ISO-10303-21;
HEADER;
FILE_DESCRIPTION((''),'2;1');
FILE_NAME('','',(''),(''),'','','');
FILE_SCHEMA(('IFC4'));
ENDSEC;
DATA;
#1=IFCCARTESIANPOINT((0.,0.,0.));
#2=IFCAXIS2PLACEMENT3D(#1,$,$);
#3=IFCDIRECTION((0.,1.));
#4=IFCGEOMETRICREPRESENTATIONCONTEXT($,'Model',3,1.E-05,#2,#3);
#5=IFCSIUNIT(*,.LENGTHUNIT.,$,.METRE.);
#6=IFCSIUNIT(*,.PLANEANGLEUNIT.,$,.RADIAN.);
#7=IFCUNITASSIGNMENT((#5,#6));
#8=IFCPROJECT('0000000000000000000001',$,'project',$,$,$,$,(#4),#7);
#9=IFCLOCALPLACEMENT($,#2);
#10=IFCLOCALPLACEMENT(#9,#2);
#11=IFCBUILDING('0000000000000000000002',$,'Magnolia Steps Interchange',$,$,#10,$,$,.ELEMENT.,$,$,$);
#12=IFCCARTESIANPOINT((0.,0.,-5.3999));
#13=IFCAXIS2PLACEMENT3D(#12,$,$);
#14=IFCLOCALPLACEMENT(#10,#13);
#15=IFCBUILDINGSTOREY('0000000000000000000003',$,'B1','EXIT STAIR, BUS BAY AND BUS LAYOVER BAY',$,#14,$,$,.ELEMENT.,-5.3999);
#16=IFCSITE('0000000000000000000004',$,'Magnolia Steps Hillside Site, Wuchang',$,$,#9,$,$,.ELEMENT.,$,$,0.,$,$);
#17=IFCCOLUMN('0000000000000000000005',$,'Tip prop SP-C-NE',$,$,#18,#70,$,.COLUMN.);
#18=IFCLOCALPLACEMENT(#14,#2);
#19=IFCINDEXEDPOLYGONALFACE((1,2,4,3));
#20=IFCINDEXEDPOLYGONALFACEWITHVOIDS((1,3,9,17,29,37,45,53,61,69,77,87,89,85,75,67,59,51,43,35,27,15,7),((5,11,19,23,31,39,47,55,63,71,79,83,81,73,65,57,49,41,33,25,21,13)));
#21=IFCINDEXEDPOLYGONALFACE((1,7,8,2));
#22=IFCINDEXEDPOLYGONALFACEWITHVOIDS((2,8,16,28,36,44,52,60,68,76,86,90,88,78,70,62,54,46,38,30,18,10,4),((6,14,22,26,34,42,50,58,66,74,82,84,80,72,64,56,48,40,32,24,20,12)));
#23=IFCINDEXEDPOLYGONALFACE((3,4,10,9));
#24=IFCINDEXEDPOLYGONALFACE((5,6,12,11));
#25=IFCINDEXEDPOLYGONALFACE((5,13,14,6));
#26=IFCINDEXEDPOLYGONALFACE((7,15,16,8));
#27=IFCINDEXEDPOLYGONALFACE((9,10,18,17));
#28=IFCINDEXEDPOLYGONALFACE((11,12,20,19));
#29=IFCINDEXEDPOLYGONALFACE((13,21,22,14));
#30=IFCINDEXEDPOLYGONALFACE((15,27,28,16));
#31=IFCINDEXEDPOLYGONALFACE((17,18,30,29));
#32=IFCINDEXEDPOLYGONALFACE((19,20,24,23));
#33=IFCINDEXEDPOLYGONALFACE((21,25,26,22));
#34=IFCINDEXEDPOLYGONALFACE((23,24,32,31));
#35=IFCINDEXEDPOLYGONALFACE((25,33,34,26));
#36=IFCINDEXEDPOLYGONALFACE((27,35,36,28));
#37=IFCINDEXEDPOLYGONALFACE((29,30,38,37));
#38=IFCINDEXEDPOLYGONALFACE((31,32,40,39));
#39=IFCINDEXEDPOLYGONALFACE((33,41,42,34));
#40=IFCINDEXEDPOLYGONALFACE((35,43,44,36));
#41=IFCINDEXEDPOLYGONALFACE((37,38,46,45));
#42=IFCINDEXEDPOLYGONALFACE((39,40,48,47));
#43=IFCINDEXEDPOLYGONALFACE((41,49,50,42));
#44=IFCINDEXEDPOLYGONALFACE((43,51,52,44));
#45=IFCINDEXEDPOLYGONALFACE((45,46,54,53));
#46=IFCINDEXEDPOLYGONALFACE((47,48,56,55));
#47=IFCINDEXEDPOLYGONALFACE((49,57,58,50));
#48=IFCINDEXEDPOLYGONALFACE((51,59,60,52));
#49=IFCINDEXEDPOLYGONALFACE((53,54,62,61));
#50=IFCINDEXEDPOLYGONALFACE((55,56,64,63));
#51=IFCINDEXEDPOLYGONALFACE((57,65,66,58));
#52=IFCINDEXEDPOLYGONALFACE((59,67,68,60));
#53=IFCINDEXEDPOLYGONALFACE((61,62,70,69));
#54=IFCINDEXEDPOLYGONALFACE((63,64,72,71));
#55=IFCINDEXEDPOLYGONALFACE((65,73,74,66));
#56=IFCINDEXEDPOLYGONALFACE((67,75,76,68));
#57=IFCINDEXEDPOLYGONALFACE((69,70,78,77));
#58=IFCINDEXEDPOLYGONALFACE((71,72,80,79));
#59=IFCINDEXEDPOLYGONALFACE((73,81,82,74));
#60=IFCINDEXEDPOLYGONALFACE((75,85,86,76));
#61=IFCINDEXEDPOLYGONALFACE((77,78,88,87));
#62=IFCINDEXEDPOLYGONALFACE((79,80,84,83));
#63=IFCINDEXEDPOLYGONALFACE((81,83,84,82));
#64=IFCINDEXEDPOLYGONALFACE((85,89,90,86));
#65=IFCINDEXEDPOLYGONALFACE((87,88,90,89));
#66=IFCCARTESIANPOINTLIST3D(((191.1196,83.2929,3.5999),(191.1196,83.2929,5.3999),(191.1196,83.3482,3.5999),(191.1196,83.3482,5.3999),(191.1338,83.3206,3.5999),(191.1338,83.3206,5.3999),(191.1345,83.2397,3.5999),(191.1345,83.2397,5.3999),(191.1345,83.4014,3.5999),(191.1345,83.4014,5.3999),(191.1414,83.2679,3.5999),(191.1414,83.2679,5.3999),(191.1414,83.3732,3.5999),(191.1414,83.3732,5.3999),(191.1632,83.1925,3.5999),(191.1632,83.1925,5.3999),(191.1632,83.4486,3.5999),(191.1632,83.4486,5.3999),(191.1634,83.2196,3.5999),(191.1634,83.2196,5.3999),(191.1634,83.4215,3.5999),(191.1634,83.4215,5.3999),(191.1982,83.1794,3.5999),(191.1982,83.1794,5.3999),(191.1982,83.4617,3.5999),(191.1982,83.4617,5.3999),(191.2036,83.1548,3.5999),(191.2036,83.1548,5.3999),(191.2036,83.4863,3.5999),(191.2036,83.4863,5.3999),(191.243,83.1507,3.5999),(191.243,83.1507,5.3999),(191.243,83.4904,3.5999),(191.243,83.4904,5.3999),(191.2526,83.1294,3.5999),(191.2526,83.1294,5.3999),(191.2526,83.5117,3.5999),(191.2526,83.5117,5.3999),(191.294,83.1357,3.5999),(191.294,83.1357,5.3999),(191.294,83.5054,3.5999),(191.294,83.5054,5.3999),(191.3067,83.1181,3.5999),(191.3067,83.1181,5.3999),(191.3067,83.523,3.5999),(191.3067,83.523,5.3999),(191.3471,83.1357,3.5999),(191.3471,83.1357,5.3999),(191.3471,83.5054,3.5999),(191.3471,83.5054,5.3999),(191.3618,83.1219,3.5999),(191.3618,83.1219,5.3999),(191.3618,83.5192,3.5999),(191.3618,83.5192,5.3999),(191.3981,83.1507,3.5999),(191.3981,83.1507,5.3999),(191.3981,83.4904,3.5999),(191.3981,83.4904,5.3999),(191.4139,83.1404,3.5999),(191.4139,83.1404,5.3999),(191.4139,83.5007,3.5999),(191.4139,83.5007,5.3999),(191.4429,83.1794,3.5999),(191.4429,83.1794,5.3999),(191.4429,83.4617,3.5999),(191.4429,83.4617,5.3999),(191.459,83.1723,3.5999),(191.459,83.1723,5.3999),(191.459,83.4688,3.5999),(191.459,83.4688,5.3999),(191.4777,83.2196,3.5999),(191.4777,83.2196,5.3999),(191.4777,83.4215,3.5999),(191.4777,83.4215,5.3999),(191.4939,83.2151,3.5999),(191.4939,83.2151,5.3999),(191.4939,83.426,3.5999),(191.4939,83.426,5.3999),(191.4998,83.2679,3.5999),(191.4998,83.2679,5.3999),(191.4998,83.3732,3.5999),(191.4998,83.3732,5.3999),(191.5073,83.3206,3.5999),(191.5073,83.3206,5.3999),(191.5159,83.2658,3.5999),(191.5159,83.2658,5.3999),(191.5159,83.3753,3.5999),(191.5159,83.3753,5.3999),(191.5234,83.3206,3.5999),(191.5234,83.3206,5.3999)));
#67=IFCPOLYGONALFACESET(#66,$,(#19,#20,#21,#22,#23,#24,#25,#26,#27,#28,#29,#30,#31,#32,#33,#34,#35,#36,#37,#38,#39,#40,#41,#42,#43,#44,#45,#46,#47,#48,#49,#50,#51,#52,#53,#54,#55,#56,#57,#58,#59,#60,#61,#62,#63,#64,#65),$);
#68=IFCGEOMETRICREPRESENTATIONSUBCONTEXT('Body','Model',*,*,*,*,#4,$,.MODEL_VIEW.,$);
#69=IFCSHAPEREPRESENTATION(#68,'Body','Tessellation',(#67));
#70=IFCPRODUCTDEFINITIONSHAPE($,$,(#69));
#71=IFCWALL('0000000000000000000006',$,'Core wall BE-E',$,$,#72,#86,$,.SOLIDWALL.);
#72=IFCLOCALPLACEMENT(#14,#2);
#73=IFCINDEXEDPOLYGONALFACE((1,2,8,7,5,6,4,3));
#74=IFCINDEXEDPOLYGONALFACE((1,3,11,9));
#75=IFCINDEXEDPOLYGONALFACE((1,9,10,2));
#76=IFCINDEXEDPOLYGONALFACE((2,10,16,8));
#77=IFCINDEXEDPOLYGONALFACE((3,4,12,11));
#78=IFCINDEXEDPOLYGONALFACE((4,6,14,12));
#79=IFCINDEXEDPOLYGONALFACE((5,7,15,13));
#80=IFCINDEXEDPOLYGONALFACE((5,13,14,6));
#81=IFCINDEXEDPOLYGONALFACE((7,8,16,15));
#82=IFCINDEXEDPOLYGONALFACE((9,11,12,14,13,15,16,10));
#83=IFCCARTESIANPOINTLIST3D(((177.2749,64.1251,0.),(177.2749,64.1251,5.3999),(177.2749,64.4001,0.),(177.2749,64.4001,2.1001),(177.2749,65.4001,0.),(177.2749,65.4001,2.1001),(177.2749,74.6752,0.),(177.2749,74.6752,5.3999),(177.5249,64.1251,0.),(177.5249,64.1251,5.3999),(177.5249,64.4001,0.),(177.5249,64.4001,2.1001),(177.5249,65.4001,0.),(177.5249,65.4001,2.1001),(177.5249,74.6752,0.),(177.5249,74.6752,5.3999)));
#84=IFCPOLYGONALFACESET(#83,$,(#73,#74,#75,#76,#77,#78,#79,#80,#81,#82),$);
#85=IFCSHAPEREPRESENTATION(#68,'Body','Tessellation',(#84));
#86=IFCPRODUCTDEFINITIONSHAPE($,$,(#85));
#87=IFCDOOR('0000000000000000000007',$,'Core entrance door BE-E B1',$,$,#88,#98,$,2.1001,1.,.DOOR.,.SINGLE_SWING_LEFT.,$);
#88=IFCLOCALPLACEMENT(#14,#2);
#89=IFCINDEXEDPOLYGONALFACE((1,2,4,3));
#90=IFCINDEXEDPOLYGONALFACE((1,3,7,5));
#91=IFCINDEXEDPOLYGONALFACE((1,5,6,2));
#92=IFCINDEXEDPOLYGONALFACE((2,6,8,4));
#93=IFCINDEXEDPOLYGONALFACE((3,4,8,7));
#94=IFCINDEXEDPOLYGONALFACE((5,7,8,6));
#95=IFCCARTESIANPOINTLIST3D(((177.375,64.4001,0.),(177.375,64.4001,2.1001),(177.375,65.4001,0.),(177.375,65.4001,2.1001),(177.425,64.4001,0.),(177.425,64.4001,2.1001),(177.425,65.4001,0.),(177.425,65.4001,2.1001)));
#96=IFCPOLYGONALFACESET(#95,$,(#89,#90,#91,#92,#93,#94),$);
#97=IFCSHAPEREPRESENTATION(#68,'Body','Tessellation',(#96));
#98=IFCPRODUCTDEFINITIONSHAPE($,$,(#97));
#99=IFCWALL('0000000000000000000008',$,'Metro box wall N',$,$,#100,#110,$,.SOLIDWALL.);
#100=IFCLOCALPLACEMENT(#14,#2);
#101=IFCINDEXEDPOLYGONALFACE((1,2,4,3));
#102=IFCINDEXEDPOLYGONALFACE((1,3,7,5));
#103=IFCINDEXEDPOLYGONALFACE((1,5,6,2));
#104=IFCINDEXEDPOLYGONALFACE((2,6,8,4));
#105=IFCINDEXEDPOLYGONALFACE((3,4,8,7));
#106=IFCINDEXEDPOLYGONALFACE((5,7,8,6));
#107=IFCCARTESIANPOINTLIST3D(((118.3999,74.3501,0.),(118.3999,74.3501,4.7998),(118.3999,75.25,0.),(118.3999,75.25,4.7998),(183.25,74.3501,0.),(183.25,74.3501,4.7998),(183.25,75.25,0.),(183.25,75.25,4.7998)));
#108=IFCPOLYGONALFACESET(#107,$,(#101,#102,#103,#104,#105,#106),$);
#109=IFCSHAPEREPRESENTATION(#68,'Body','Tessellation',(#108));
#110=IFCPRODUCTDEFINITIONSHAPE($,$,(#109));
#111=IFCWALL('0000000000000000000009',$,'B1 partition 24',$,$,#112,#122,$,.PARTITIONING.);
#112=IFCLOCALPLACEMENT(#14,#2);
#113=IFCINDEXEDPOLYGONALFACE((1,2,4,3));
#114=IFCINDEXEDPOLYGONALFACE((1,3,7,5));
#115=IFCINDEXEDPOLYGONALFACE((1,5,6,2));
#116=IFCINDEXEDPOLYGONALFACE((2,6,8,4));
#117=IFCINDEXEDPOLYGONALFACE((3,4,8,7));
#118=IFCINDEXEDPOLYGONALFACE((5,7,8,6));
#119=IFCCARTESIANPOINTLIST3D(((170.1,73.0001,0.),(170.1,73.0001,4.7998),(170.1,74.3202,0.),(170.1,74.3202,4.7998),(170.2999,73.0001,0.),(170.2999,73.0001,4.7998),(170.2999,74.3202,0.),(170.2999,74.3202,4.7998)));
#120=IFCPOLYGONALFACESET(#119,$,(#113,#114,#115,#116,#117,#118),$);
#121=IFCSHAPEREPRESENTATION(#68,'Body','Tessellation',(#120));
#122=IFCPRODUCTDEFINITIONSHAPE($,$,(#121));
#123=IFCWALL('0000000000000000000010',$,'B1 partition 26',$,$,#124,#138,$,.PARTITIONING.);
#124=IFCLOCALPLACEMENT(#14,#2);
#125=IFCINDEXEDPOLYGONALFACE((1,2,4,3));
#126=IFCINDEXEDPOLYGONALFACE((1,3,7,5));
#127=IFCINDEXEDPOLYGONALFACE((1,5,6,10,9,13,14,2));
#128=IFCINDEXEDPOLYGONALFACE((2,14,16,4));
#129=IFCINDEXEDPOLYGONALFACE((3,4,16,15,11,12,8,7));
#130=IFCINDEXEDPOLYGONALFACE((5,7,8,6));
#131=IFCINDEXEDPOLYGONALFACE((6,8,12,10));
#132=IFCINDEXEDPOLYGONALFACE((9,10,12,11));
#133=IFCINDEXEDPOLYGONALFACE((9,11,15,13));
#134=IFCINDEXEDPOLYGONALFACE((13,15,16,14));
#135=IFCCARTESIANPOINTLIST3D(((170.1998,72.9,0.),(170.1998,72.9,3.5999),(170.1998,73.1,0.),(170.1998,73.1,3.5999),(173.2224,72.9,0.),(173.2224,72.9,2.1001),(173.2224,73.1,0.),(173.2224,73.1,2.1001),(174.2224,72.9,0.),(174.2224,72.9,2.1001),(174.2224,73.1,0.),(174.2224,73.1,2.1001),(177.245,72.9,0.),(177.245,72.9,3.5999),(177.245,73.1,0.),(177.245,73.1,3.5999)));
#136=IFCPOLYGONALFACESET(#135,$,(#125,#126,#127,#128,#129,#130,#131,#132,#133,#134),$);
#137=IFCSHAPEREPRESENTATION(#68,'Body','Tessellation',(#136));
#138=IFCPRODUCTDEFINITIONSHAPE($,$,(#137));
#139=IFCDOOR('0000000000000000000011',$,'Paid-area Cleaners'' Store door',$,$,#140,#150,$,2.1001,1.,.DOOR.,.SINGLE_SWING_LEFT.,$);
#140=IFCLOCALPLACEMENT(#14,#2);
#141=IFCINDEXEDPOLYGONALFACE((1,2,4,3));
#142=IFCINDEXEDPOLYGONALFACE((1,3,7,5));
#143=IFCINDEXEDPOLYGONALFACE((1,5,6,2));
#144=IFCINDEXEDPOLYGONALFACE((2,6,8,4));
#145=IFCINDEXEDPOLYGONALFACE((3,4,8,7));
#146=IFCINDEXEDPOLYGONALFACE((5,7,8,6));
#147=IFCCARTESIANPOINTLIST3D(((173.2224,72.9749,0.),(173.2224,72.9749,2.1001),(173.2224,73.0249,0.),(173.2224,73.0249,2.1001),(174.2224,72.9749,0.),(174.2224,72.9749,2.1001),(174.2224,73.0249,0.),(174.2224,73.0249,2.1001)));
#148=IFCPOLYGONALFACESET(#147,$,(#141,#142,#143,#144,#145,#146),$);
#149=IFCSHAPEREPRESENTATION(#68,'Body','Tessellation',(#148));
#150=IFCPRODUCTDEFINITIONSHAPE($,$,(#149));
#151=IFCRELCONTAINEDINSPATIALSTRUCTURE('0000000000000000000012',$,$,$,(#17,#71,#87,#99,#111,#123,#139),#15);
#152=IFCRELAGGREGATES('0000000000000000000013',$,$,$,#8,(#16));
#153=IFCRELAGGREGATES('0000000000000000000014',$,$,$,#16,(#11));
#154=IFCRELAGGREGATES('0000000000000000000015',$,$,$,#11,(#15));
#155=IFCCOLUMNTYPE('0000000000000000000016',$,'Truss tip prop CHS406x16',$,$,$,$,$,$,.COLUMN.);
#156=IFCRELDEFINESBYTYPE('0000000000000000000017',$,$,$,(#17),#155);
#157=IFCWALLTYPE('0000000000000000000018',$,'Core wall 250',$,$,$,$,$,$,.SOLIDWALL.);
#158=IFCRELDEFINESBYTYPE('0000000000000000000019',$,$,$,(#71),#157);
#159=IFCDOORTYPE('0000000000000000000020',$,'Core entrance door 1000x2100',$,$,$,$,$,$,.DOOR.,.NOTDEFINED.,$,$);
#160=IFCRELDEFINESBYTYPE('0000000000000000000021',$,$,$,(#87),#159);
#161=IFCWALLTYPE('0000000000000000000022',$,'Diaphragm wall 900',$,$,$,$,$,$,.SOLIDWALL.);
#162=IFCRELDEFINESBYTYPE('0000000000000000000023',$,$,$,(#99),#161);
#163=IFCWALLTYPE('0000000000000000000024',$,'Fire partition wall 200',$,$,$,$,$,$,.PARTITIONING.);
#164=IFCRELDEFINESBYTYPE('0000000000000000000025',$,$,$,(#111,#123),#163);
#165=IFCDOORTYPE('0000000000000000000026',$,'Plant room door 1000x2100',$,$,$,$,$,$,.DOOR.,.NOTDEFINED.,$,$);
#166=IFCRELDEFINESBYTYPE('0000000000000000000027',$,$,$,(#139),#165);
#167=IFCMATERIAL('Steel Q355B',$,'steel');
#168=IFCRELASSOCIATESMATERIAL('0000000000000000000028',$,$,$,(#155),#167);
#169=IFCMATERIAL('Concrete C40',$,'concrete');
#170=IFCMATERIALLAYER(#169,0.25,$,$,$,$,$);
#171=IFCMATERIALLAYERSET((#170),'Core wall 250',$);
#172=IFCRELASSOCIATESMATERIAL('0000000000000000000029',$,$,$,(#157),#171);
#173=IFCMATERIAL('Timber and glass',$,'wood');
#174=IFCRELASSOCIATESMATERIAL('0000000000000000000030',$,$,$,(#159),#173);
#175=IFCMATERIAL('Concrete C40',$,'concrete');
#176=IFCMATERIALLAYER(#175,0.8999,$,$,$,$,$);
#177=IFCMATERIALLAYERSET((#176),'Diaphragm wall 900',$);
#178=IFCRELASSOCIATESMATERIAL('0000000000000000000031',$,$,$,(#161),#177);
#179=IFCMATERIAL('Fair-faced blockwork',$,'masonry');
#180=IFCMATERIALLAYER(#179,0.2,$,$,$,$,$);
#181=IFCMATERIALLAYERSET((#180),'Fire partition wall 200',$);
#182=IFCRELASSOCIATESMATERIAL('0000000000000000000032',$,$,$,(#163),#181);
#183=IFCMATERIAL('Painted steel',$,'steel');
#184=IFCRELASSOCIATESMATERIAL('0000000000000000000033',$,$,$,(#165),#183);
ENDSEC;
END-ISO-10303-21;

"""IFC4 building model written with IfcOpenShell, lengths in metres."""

from ifc_helpers import new_model, si_unit, direction, frame, frame_2d, origin, origin_2d, place, context, subcontext, project, spatial, rectangle, hollow_circle, extrude, material, layer, layer_set, material_profile, profile_set, type_object, element, fill, save


model = new_model("IFC4")

# Units and contexts
model_context = context("Model", 3, precision=1e-05, world=origin(), true_north=direction((0.0, 1.0)))
body_context = subcontext(model_context, "Body", "Model", "MODEL_VIEW")
ifc_project = project(units=[si_unit("LENGTHUNIT", "METRE"), si_unit("PLANEANGLEUNIT", "RADIAN")], contexts=[model_context])

# Site, building, storey
site_placement = place(None, origin())
site = spatial("IfcSite", under=ifc_project, at=site_placement, Name="Magnolia Steps Hillside Site, Wuchang", CompositionType="ELEMENT", RefElevation=0.0)
building_placement = place(site_placement, origin())
building = spatial("IfcBuilding", under=site, at=building_placement, Name="Magnolia Steps Interchange", CompositionType="ELEMENT")
storey_placement = place(building_placement, frame((0.0, 0.0, -5.3999)))
storey = spatial("IfcBuildingStorey", under=building, at=storey_placement, Name="B1", Description="EXIT STAIR, BUS BAY AND BUS LAYOVER BAY", CompositionType="ELEMENT", Elevation=-5.3999)

# Column
ifc_material_1 = material(Name="Steel Q355B", Category="steel")
ifc_material_profile = material_profile(ifc_material_1, hollow_circle(Radius=0.2029, WallThickness=0.0161, at=origin_2d()), Name="CHS406x16")
ifc_profile_set = profile_set([ifc_material_profile], Name="Steel Q355B")
column_type = type_object("IfcColumnType", Name="Truss tip prop CHS406x16", PredefinedType="COLUMN", material=ifc_profile_set)
column_placement = place(storey_placement, frame((191.3206, 83.3206, 3.5999), z_axis=(0.0, 0.0, 1.0), x_axis=(1.0, 0.0, 0.0)))
element("IfcColumn", 1, at=column_placement, inside=storey, type_object=column_type, Name="Tip prop SP-C-NE", PredefinedType="COLUMN", context=body_context, shape_type="SweptSolid", body=[
    extrude(hollow_circle(Radius=0.2029, WallThickness=0.0161, at=origin_2d()), origin(), (0.0, 0.0, 1.0), 1.8),
])

# Wall, opening, door
ifc_material_2 = material(Name="Concrete C40", Category="concrete")
ifc_layer_1 = layer(ifc_material_2, 0.25)
ifc_layer_set_1 = layer_set([ifc_layer_1], Name="Core wall 250")
wall_type_1 = type_object("IfcWallType", Name="Core wall 250", PredefinedType="SOLIDWALL", material=ifc_layer_set_1)
wall_1_placement = place(storey_placement, frame((177.3999, 74.675, 0.0), z_axis=(0.0, 0.0, 1.0), x_axis=(0.0, -1.0, 0.0)))
wall_1 = element("IfcWall", 2, at=wall_1_placement, inside=storey, type_object=wall_type_1, Name="Core wall BE-E", PredefinedType="SOLIDWALL", context=body_context, shape_type="SweptSolid", body=[
    extrude(rectangle(XDim=10.55, YDim=0.25, at=frame_2d((5.2749, 0.0))), origin(), (0.0, 0.0, 1.0), 5.3999),
])
opening_1_placement = place(wall_1_placement, frame((9.2749, 0.0, 0.0)))
opening_1 = element("IfcOpeningElement", 3, at=opening_1_placement, cuts=wall_1, PredefinedType="OPENING", context=body_context, shape_type="SweptSolid", body=[
    extrude(rectangle(XDim=1.0, YDim=2.1001, at=frame_2d((0.5, 1.05))), frame((0.0, 0.135, 0.0), z_axis=(0.0, -1.0, 0.0), x_axis=(1.0, 0.0, 0.0)), (0.0, 0.0, 1.0), 0.27),
])
ifc_material_3 = material(Name="Timber and glass", Category="wood")
door_type_1 = type_object("IfcDoorType", Name="Core entrance door 1000x2100", OperationType="NOTDEFINED", PredefinedType="DOOR", material=ifc_material_3)
door_1_placement = place(opening_1_placement, frame((1.0, 0.0, 0.0), z_axis=(0.0, 0.0, 1.0), x_axis=(-1.0, 0.0, 0.0)))
door_1 = element("IfcDoor", 4, at=door_1_placement, inside=storey, type_object=door_type_1, Name="Core entrance door BE-E B1", OperationType="SINGLE_SWING_LEFT", OverallHeight=2.1001, OverallWidth=1.0, PredefinedType="DOOR", context=body_context, shape_type="SweptSolid", body=[
    extrude(rectangle(XDim=1.0, YDim=2.1001, at=frame_2d((0.5, 1.05))), frame((0.0, 0.0249, 0.0), z_axis=(0.0, -1.0, 0.0), x_axis=(1.0, 0.0, 0.0)), (0.0, 0.0, 1.0), 0.05),
])
fill(opening_1, door_1)

# Walls
ifc_material_4 = material(Name="Concrete C40", Category="concrete")
ifc_layer_2 = layer(ifc_material_4, 0.8999)
ifc_layer_set_2 = layer_set([ifc_layer_2], Name="Diaphragm wall 900")
wall_type_2 = type_object("IfcWallType", Name="Diaphragm wall 900", PredefinedType="SOLIDWALL", material=ifc_layer_set_2)
wall_2_placement = place(storey_placement, frame((183.25, 74.8, 0.0), z_axis=(0.0, 0.0, 1.0), x_axis=(-1.0, 0.0, 0.0)))
element("IfcWall", 5, at=wall_2_placement, inside=storey, type_object=wall_type_2, Name="Metro box wall N", PredefinedType="SOLIDWALL", context=body_context, shape_type="SweptSolid", body=[
    extrude(rectangle(XDim=64.8501, YDim=0.8999, at=frame_2d((32.425, 0.0))), origin(), (0.0, 0.0, 1.0), 4.7998),
])
ifc_material_5 = material(Name="Fair-faced blockwork", Category="masonry")
ifc_layer_3 = layer(ifc_material_5, 0.2)
ifc_layer_set_3 = layer_set([ifc_layer_3], Name="Fire partition wall 200")
wall_type_3 = type_object("IfcWallType", Name="Fire partition wall 200", PredefinedType="PARTITIONING", material=ifc_layer_set_3)
wall_3_placement = place(storey_placement, frame((170.2, 73.0, 0.0), z_axis=(0.0, 0.0, 1.0), x_axis=(0.0, 1.0, 0.0)))
element("IfcWall", 6, at=wall_3_placement, inside=storey, type_object=wall_type_3, Name="B1 partition 24", PredefinedType="PARTITIONING", context=body_context, shape_type="SweptSolid", body=[
    extrude(rectangle(XDim=1.3201, YDim=0.2, at=frame_2d((0.6602, 0.0))), origin(), (0.0, 0.0, 1.0), 4.7998),
])

# Wall, opening, door
wall_4_placement = place(storey_placement, frame((170.2, 73.0, 0.0), z_axis=(0.0, 0.0, 1.0), x_axis=(1.0, 0.0, 0.0)))
wall_4 = element("IfcWall", 7, at=wall_4_placement, inside=storey, type_object=wall_type_3, Name="B1 partition 26", PredefinedType="PARTITIONING", context=body_context, shape_type="SweptSolid", body=[
    extrude(rectangle(XDim=7.0452, YDim=0.2, at=frame_2d((3.5225, 0.0))), origin(), (0.0, 0.0, 1.0), 3.5999),
])
opening_2_placement = place(wall_4_placement, frame((3.0225, 0.0, 0.0)))
opening_2 = element("IfcOpeningElement", 8, at=opening_2_placement, cuts=wall_4, PredefinedType="OPENING", context=body_context, shape_type="SweptSolid", body=[
    extrude(rectangle(XDim=1.0, YDim=2.1001, at=frame_2d((0.5, 1.05))), frame((0.0, 0.1099, 0.0), z_axis=(0.0, -1.0, 0.0), x_axis=(1.0, 0.0, 0.0)), (0.0, 0.0, 1.0), 0.22),
])
ifc_material_6 = material(Name="Painted steel", Category="steel")
door_type_2 = type_object("IfcDoorType", Name="Plant room door 1000x2100", OperationType="NOTDEFINED", PredefinedType="DOOR", material=ifc_material_6)
door_2_placement = place(opening_2_placement, origin())
door_2 = element("IfcDoor", 9, at=door_2_placement, inside=storey, type_object=door_type_2, Name="Paid-area Cleaners' Store door", OperationType="SINGLE_SWING_LEFT", OverallHeight=2.1001, OverallWidth=1.0, PredefinedType="DOOR", context=body_context, shape_type="SweptSolid", body=[
    extrude(rectangle(XDim=1.0, YDim=2.1001, at=frame_2d((0.5, 1.05))), frame((0.0, 0.0249, 0.0), z_axis=(0.0, -1.0, 0.0), x_axis=(1.0, 0.0, 0.0)), (0.0, 0.0, 1.0), 0.05),
])
fill(opening_2, door_2)

save(model, "model.ifc")
